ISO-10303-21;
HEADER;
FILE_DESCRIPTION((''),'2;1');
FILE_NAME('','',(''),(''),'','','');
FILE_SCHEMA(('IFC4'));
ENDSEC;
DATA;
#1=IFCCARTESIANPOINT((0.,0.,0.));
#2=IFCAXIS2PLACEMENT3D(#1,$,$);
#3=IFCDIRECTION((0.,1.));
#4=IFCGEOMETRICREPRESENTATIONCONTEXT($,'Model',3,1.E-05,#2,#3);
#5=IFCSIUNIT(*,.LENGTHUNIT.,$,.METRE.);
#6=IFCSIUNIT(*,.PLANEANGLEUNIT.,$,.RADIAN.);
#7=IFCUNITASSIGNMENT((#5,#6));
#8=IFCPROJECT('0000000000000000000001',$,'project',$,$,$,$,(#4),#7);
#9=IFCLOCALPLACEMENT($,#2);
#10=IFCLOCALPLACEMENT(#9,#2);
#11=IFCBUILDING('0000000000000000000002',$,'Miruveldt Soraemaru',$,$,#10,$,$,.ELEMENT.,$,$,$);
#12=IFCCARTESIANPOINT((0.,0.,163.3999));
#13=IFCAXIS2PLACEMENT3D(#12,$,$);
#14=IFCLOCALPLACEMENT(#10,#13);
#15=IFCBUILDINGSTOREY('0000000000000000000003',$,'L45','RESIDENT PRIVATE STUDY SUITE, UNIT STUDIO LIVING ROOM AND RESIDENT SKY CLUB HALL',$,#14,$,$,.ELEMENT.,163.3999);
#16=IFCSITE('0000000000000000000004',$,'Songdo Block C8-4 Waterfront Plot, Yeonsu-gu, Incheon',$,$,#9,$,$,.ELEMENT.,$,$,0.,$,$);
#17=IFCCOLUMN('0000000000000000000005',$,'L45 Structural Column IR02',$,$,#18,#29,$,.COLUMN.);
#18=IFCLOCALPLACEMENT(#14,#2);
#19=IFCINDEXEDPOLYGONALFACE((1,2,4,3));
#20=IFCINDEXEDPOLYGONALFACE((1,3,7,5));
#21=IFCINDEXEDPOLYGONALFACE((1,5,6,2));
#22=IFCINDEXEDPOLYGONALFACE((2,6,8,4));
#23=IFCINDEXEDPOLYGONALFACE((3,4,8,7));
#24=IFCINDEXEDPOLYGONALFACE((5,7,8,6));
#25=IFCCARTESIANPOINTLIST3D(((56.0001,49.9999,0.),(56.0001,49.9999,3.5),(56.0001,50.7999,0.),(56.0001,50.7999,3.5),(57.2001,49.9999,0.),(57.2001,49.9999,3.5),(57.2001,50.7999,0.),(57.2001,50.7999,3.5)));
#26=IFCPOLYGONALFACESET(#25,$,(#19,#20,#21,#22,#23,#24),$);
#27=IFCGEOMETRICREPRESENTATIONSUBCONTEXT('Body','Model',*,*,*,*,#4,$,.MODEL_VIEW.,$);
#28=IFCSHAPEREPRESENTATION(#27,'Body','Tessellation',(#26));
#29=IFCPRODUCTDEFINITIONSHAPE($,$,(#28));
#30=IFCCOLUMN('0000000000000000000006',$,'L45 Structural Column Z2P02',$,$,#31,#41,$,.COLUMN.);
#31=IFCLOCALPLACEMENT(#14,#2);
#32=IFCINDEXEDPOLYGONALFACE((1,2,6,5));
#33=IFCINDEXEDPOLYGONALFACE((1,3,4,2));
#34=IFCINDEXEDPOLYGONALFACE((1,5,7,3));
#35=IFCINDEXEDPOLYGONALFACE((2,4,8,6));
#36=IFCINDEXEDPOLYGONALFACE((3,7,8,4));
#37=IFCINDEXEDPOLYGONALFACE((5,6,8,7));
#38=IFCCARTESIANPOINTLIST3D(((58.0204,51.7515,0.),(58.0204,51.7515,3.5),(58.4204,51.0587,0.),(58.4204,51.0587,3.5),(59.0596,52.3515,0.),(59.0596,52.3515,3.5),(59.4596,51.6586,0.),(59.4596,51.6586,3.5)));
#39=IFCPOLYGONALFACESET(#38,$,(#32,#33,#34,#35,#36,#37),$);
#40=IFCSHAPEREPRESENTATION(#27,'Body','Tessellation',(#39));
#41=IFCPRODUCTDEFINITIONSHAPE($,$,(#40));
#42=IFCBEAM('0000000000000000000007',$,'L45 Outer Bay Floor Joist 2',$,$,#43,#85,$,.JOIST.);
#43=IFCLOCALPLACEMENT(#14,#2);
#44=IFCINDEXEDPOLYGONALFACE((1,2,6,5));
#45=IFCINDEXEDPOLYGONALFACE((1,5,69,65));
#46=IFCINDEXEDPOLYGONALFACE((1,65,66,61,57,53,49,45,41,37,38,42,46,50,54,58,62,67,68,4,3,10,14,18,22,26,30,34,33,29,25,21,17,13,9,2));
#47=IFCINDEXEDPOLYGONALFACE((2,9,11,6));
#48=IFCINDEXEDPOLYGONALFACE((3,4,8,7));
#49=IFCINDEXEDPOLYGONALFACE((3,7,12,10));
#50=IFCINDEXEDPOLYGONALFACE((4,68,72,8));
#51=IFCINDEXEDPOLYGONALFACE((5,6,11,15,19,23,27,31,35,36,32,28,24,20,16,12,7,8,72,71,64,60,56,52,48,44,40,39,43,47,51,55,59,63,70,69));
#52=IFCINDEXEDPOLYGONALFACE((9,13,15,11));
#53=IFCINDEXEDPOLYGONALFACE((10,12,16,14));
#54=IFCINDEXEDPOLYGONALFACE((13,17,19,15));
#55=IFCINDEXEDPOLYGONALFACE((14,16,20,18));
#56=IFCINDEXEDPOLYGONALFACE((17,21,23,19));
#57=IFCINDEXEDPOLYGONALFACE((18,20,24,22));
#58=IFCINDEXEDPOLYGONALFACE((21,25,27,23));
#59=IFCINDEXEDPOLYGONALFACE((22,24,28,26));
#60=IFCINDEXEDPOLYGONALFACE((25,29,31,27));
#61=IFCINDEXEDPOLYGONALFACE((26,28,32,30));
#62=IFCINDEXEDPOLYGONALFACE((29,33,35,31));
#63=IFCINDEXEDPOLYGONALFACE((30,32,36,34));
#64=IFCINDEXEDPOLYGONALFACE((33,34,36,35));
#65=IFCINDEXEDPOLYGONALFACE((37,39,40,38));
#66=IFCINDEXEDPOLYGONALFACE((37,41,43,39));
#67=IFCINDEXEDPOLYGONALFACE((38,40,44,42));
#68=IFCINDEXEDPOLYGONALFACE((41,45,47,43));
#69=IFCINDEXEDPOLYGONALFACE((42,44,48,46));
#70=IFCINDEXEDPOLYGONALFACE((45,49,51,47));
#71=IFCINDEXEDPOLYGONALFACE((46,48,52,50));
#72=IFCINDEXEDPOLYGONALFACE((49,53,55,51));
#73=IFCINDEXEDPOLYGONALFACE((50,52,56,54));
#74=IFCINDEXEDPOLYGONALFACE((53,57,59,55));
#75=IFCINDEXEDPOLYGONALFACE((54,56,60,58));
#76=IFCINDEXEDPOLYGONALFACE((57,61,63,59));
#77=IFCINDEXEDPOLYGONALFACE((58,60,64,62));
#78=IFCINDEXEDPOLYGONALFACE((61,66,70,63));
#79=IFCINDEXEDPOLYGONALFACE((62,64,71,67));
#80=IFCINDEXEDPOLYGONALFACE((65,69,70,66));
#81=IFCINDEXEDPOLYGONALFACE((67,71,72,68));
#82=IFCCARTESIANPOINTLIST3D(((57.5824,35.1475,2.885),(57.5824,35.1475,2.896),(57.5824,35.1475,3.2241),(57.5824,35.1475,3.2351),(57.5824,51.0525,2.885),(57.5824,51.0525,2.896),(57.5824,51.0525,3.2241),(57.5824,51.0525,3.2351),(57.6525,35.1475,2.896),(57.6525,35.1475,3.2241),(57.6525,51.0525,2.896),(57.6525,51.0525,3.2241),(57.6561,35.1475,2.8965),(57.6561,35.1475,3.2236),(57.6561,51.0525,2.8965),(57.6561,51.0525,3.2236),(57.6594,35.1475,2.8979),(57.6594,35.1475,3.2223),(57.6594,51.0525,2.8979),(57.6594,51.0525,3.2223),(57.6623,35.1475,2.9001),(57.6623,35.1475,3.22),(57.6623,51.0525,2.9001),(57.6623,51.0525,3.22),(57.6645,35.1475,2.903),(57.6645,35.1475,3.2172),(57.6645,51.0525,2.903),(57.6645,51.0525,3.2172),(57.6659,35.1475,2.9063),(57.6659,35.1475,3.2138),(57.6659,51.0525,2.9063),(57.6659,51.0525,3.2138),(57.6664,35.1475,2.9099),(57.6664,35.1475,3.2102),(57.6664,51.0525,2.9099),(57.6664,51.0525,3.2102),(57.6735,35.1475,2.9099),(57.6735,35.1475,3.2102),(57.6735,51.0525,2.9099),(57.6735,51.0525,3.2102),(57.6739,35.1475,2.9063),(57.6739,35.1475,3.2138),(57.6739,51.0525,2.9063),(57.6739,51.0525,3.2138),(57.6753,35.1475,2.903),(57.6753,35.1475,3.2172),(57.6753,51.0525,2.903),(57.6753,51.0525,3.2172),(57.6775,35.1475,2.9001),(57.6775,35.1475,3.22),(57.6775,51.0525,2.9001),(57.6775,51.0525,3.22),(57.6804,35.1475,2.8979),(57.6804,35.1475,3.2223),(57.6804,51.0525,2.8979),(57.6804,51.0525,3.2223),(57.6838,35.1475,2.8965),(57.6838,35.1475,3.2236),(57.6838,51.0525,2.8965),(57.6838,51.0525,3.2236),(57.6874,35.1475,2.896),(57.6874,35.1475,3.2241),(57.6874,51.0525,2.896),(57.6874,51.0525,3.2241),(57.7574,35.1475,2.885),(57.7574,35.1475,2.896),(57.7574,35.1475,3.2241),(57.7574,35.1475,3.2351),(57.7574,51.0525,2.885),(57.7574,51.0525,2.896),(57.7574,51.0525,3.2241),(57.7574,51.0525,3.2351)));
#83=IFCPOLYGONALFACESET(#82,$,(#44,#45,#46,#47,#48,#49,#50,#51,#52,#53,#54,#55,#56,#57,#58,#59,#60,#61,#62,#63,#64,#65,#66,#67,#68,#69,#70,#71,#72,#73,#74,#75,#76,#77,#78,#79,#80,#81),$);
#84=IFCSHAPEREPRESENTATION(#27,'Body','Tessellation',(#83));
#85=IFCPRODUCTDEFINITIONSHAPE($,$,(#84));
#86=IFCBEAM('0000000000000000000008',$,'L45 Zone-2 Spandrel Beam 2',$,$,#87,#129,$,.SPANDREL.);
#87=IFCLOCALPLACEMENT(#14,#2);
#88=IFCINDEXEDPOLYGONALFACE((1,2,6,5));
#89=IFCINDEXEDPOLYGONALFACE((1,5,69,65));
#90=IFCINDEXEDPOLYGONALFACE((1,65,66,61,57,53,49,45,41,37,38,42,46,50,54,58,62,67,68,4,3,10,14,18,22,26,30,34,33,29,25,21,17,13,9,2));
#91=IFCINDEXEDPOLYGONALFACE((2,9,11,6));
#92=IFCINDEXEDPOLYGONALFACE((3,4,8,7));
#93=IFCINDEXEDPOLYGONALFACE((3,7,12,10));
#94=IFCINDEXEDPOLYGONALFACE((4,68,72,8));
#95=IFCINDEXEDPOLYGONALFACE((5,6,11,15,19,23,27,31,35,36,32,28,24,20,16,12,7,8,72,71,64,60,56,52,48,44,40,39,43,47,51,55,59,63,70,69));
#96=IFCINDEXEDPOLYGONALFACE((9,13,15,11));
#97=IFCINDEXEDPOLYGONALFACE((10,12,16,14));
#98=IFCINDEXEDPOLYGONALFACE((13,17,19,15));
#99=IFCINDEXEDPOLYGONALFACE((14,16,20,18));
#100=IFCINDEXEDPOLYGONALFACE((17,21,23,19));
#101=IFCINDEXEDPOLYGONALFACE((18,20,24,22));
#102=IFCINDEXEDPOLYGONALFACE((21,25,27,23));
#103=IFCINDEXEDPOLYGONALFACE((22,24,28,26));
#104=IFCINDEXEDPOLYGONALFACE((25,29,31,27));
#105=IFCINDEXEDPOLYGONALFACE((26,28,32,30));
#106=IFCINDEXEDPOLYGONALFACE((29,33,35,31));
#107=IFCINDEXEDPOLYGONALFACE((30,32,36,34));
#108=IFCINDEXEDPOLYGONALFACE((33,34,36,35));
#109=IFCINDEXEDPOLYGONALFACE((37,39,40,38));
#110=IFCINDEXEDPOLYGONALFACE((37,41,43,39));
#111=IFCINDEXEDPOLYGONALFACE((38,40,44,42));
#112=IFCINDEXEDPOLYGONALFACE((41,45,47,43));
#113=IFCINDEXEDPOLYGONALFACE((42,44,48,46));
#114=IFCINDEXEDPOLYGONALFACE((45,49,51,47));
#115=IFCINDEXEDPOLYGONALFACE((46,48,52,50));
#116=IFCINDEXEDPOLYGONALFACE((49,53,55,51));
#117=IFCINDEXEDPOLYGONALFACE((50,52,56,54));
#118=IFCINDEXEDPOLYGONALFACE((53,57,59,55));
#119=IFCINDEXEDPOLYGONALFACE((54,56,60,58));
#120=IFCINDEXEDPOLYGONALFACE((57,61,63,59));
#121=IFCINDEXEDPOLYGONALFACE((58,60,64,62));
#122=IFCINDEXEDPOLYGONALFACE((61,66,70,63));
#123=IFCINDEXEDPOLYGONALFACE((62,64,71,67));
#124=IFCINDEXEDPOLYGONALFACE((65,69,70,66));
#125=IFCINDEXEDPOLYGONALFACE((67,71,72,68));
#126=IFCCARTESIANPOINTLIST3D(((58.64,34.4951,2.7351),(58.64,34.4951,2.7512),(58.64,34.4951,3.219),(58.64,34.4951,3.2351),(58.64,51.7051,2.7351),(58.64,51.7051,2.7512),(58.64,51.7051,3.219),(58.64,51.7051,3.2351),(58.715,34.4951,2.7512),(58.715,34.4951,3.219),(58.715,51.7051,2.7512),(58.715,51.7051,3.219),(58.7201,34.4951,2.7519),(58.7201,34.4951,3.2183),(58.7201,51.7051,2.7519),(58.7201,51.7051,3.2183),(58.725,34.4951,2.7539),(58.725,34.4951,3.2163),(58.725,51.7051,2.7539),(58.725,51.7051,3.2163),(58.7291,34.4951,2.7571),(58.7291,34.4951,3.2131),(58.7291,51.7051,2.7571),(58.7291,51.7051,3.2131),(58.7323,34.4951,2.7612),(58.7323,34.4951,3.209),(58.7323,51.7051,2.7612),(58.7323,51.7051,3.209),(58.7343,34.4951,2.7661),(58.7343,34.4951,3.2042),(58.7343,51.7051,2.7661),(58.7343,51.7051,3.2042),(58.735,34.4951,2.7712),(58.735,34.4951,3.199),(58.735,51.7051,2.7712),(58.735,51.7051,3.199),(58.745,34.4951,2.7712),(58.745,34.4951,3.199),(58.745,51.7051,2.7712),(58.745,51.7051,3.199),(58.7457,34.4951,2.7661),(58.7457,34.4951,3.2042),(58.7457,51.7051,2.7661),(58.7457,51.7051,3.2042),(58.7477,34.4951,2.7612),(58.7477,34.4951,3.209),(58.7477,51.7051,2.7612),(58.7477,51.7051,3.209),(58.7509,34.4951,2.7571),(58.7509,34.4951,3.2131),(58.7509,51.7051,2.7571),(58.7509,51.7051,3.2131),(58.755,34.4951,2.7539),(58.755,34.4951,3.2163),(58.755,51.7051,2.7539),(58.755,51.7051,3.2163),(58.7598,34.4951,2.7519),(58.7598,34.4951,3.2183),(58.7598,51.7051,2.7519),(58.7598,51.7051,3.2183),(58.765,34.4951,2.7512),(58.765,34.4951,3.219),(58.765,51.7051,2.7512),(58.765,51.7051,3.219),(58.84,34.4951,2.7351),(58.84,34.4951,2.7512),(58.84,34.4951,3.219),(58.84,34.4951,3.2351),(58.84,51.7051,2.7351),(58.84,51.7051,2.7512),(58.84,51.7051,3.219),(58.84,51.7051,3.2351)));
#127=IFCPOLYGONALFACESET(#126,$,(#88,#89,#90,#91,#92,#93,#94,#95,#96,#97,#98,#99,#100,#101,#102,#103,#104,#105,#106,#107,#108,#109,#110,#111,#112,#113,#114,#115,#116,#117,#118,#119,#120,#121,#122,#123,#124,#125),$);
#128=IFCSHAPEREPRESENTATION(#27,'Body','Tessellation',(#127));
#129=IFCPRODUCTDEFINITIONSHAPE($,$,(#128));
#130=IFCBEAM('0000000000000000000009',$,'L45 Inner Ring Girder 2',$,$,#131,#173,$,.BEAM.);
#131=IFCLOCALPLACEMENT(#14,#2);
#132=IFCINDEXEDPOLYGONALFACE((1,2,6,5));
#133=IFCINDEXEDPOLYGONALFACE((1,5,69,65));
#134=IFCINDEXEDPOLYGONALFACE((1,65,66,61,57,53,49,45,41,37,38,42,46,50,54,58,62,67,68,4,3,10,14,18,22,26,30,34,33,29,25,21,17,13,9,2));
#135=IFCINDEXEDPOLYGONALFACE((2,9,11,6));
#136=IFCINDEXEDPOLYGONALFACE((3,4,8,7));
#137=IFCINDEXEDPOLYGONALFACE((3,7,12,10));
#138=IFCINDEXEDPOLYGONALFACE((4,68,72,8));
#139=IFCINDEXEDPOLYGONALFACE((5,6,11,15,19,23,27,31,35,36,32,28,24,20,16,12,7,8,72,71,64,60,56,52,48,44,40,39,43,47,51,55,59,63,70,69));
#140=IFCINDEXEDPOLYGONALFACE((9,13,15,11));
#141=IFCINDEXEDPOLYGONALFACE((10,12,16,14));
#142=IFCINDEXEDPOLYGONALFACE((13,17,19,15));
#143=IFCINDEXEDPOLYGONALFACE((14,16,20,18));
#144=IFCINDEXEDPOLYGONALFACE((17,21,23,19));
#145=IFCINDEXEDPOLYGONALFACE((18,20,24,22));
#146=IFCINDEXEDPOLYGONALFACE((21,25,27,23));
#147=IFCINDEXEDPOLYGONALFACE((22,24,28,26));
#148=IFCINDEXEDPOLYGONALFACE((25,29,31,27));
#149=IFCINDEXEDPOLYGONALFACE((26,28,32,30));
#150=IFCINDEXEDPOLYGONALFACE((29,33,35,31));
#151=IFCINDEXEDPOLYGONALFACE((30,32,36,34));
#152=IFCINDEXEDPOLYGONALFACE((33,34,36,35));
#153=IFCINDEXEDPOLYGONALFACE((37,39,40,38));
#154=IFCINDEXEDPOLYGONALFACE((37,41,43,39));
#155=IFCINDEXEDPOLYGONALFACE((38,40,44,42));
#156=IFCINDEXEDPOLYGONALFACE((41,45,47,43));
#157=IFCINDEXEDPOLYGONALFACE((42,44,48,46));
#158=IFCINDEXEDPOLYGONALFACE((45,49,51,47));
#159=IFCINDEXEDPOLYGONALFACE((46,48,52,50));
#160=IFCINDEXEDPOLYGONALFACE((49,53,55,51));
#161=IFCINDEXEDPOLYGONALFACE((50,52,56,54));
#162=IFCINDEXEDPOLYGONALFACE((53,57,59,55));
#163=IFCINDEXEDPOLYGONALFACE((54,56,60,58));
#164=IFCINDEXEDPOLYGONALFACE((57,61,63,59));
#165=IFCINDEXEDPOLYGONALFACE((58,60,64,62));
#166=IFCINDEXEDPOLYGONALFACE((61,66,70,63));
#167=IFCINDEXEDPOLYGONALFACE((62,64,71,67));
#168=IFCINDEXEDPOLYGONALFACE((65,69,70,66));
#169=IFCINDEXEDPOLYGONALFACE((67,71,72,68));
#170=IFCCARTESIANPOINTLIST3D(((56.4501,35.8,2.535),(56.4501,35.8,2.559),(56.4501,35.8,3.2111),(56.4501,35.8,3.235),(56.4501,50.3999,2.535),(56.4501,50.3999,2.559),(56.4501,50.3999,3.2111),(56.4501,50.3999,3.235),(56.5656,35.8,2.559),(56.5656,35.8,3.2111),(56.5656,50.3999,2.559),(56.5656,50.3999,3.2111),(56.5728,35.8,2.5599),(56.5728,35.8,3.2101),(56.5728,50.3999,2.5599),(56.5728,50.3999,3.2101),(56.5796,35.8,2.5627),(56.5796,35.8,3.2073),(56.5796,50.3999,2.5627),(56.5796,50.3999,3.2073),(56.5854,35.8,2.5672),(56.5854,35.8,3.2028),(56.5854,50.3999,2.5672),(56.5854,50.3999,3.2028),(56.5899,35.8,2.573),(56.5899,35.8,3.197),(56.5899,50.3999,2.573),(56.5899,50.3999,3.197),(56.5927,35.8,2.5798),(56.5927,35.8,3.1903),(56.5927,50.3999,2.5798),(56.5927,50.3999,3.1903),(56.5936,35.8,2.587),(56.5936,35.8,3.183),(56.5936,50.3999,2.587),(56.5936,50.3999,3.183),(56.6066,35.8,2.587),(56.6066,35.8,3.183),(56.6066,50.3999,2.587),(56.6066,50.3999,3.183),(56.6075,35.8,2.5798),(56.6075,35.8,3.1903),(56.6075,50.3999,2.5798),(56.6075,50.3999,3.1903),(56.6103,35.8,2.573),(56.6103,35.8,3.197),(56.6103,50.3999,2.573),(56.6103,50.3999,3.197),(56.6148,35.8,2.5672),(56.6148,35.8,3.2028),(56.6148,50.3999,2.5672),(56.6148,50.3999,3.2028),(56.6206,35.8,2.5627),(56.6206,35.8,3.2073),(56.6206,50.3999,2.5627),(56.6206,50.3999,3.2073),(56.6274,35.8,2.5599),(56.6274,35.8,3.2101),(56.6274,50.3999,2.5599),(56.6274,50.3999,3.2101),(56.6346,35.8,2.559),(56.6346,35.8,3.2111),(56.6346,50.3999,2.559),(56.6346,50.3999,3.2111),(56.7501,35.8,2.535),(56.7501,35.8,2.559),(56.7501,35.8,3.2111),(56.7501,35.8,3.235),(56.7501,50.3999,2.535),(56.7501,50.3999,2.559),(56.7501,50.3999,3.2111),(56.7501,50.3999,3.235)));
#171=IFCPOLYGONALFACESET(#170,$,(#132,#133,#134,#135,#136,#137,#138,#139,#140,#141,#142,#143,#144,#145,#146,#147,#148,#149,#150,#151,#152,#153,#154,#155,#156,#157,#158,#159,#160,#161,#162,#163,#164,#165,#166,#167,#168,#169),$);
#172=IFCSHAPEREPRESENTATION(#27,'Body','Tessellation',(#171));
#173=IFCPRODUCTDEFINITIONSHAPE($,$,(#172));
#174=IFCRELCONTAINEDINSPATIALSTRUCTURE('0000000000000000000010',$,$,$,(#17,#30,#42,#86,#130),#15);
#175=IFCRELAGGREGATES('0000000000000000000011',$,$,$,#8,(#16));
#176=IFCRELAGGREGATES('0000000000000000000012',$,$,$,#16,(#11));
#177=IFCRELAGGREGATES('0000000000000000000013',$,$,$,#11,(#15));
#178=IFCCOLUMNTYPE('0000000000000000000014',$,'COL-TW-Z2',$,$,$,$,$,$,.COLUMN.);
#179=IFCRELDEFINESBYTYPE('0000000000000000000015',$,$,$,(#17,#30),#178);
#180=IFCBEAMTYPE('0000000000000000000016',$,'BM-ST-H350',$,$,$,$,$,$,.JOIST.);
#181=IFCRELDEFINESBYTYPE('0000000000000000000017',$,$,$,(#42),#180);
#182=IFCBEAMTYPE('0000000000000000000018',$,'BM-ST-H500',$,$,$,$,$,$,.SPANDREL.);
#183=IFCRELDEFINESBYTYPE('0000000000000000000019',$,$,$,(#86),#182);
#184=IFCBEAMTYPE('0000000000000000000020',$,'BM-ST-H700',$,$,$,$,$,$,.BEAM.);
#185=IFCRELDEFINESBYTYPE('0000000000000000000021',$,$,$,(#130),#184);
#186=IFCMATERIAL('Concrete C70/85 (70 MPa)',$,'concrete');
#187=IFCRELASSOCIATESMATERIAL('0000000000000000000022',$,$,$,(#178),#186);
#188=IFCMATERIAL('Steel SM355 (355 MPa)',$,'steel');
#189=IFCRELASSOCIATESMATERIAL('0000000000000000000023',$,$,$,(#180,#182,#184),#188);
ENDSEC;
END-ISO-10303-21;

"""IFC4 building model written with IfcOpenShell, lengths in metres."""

from ifc_helpers import new_model, si_unit, direction, frame, origin, origin_2d, place, context, subcontext, project, spatial, rectangle, i_section, extrude, material, material_profile, profile_set, type_object, element, save


model = new_model("IFC4")

# Units and contexts
model_context = context("Model", 3, precision=1e-05, world=origin(), true_north=direction((0.0, 1.0)))
body_context = subcontext(model_context, "Body", "Model", "MODEL_VIEW")
ifc_project = project(units=[si_unit("LENGTHUNIT", "METRE"), si_unit("PLANEANGLEUNIT", "RADIAN")], contexts=[model_context])

# Site, building, storey
site_placement = place(None, origin())
site = spatial("IfcSite", under=ifc_project, at=site_placement, Name="Songdo Block C8-4 Waterfront Plot, Yeonsu-gu, Incheon", CompositionType="ELEMENT", RefElevation=0.0)
building_placement = place(site_placement, origin())
building = spatial("IfcBuilding", under=site, at=building_placement, Name="Miruveldt Soraemaru", CompositionType="ELEMENT")
storey_placement = place(building_placement, frame((0.0, 0.0, 163.3999)))
storey = spatial("IfcBuildingStorey", under=building, at=storey_placement, Name="L45", Description="RESIDENT PRIVATE STUDY SUITE, UNIT STUDIO LIVING ROOM AND RESIDENT SKY CLUB HALL", CompositionType="ELEMENT", Elevation=163.3999)

# Columns
ifc_material_1 = material(Name="Concrete C70/85 (70 MPa)", Category="concrete")
ifc_material_profile_1 = material_profile(ifc_material_1, rectangle(XDim=1.2, YDim=0.8, at=origin_2d()), Name="Concrete C70/85 (70 MPa)", Category="concrete")
ifc_profile_set_1 = profile_set([ifc_material_profile_1], Name="Concrete C70/85 (70 MPa)")
column_type = type_object("IfcColumnType", Name="COL-TW-Z2", PredefinedType="COLUMN", material=ifc_profile_set_1)
for number, where, z_axis, x_axis, name in (
    (1, (56.6001, 50.3999, 0.0), (0.0, 0.0, 1.0), (1.0, 0.0, 0.0), "L45 Structural Column IR02"),
    (2, (58.74, 51.7051, 0.0), (0.0, 0.0, 1.0), (0.866025, 0.5, 0.0), "L45 Structural Column Z2P02"),
):
    element("IfcColumn", number, at=place(storey_placement, frame(where, z_axis=z_axis, x_axis=x_axis)), inside=storey, type_object=column_type, Name=name, PredefinedType="COLUMN", context=body_context, shape_type="SweptSolid", body=[
        extrude(rectangle(XDim=1.2, YDim=0.8, at=origin_2d()), origin(), (0.0, 0.0, 1.0), 3.5),
    ])

# Beams
ifc_material_2 = material(Name="Steel SM355 (355 MPa)", Category="steel")
ifc_material_profile_2 = material_profile(ifc_material_2, i_section(OverallWidth=0.175, OverallDepth=0.3501, WebThickness=0.0071, FlangeThickness=0.011, FilletRadius=0.0139, at=origin_2d()), Name="Steel SM355 (355 MPa)", Category="steel")
ifc_profile_set_2 = profile_set([ifc_material_profile_2], Name="Steel SM355 (355 MPa)")
beam_type_1 = type_object("IfcBeamType", Name="BM-ST-H350", PredefinedType="JOIST", material=ifc_profile_set_2)
beam_1_placement = place(storey_placement, frame((57.6699, 51.0525, 3.0601), z_axis=(0.0, -1.0, 0.0), x_axis=(1.0, 0.0, 0.0)))
element("IfcBeam", 3, at=beam_1_placement, inside=storey, type_object=beam_type_1, Name="L45 Outer Bay Floor Joist 2", PredefinedType="JOIST", context=body_context, shape_type="SweptSolid", body=[
    extrude(i_section(OverallWidth=0.175, OverallDepth=0.3501, WebThickness=0.0071, FlangeThickness=0.011, FilletRadius=0.0139, at=origin_2d()), origin(), (0.0, 0.0, 1.0), 15.905),
])
ifc_material_profile_3 = material_profile(ifc_material_2, i_section(OverallWidth=0.2, OverallDepth=0.5, WebThickness=0.01, FlangeThickness=0.0161, FilletRadius=0.02, at=origin_2d()), Name="Steel SM355 (355 MPa)", Category="steel")
ifc_profile_set_3 = profile_set([ifc_material_profile_3], Name="Steel SM355 (355 MPa)")
beam_type_2 = type_object("IfcBeamType", Name="BM-ST-H500", PredefinedType="SPANDREL", material=ifc_profile_set_3)
beam_2_placement = place(storey_placement, frame((58.74, 51.7051, 2.9851), z_axis=(0.0, -1.0, 0.0), x_axis=(1.0, 0.0, 0.0)))
element("IfcBeam", 4, at=beam_2_placement, inside=storey, type_object=beam_type_2, Name="L45 Zone-2 Spandrel Beam 2", PredefinedType="SPANDREL", context=body_context, shape_type="SweptSolid", body=[
    extrude(i_section(OverallWidth=0.2, OverallDepth=0.5, WebThickness=0.01, FlangeThickness=0.0161, FilletRadius=0.02, at=origin_2d()), origin(), (0.0, 0.0, 1.0), 17.21),
])
ifc_material_profile_4 = material_profile(ifc_material_2, i_section(OverallWidth=0.3, OverallDepth=0.7, WebThickness=0.0129, FlangeThickness=0.0239, FilletRadius=0.0281, at=origin_2d()), Name="Steel SM355 (355 MPa)", Category="steel")
ifc_profile_set_4 = profile_set([ifc_material_profile_4], Name="Steel SM355 (355 MPa)")
beam_type_3 = type_object("IfcBeamType", Name="BM-ST-H700", PredefinedType="BEAM", material=ifc_profile_set_4)
beam_3_placement = place(storey_placement, frame((56.6001, 50.3999, 2.885), z_axis=(0.0, -1.0, 0.0), x_axis=(1.0, 0.0, 0.0)))
element("IfcBeam", 5, at=beam_3_placement, inside=storey, type_object=beam_type_3, Name="L45 Inner Ring Girder 2", PredefinedType="BEAM", context=body_context, shape_type="SweptSolid", body=[
    extrude(i_section(OverallWidth=0.3, OverallDepth=0.7, WebThickness=0.0129, FlangeThickness=0.0239, FilletRadius=0.0281, at=origin_2d()), origin(), (0.0, 0.0, 1.0), 14.5999),
])

save(model, "model.ifc")
